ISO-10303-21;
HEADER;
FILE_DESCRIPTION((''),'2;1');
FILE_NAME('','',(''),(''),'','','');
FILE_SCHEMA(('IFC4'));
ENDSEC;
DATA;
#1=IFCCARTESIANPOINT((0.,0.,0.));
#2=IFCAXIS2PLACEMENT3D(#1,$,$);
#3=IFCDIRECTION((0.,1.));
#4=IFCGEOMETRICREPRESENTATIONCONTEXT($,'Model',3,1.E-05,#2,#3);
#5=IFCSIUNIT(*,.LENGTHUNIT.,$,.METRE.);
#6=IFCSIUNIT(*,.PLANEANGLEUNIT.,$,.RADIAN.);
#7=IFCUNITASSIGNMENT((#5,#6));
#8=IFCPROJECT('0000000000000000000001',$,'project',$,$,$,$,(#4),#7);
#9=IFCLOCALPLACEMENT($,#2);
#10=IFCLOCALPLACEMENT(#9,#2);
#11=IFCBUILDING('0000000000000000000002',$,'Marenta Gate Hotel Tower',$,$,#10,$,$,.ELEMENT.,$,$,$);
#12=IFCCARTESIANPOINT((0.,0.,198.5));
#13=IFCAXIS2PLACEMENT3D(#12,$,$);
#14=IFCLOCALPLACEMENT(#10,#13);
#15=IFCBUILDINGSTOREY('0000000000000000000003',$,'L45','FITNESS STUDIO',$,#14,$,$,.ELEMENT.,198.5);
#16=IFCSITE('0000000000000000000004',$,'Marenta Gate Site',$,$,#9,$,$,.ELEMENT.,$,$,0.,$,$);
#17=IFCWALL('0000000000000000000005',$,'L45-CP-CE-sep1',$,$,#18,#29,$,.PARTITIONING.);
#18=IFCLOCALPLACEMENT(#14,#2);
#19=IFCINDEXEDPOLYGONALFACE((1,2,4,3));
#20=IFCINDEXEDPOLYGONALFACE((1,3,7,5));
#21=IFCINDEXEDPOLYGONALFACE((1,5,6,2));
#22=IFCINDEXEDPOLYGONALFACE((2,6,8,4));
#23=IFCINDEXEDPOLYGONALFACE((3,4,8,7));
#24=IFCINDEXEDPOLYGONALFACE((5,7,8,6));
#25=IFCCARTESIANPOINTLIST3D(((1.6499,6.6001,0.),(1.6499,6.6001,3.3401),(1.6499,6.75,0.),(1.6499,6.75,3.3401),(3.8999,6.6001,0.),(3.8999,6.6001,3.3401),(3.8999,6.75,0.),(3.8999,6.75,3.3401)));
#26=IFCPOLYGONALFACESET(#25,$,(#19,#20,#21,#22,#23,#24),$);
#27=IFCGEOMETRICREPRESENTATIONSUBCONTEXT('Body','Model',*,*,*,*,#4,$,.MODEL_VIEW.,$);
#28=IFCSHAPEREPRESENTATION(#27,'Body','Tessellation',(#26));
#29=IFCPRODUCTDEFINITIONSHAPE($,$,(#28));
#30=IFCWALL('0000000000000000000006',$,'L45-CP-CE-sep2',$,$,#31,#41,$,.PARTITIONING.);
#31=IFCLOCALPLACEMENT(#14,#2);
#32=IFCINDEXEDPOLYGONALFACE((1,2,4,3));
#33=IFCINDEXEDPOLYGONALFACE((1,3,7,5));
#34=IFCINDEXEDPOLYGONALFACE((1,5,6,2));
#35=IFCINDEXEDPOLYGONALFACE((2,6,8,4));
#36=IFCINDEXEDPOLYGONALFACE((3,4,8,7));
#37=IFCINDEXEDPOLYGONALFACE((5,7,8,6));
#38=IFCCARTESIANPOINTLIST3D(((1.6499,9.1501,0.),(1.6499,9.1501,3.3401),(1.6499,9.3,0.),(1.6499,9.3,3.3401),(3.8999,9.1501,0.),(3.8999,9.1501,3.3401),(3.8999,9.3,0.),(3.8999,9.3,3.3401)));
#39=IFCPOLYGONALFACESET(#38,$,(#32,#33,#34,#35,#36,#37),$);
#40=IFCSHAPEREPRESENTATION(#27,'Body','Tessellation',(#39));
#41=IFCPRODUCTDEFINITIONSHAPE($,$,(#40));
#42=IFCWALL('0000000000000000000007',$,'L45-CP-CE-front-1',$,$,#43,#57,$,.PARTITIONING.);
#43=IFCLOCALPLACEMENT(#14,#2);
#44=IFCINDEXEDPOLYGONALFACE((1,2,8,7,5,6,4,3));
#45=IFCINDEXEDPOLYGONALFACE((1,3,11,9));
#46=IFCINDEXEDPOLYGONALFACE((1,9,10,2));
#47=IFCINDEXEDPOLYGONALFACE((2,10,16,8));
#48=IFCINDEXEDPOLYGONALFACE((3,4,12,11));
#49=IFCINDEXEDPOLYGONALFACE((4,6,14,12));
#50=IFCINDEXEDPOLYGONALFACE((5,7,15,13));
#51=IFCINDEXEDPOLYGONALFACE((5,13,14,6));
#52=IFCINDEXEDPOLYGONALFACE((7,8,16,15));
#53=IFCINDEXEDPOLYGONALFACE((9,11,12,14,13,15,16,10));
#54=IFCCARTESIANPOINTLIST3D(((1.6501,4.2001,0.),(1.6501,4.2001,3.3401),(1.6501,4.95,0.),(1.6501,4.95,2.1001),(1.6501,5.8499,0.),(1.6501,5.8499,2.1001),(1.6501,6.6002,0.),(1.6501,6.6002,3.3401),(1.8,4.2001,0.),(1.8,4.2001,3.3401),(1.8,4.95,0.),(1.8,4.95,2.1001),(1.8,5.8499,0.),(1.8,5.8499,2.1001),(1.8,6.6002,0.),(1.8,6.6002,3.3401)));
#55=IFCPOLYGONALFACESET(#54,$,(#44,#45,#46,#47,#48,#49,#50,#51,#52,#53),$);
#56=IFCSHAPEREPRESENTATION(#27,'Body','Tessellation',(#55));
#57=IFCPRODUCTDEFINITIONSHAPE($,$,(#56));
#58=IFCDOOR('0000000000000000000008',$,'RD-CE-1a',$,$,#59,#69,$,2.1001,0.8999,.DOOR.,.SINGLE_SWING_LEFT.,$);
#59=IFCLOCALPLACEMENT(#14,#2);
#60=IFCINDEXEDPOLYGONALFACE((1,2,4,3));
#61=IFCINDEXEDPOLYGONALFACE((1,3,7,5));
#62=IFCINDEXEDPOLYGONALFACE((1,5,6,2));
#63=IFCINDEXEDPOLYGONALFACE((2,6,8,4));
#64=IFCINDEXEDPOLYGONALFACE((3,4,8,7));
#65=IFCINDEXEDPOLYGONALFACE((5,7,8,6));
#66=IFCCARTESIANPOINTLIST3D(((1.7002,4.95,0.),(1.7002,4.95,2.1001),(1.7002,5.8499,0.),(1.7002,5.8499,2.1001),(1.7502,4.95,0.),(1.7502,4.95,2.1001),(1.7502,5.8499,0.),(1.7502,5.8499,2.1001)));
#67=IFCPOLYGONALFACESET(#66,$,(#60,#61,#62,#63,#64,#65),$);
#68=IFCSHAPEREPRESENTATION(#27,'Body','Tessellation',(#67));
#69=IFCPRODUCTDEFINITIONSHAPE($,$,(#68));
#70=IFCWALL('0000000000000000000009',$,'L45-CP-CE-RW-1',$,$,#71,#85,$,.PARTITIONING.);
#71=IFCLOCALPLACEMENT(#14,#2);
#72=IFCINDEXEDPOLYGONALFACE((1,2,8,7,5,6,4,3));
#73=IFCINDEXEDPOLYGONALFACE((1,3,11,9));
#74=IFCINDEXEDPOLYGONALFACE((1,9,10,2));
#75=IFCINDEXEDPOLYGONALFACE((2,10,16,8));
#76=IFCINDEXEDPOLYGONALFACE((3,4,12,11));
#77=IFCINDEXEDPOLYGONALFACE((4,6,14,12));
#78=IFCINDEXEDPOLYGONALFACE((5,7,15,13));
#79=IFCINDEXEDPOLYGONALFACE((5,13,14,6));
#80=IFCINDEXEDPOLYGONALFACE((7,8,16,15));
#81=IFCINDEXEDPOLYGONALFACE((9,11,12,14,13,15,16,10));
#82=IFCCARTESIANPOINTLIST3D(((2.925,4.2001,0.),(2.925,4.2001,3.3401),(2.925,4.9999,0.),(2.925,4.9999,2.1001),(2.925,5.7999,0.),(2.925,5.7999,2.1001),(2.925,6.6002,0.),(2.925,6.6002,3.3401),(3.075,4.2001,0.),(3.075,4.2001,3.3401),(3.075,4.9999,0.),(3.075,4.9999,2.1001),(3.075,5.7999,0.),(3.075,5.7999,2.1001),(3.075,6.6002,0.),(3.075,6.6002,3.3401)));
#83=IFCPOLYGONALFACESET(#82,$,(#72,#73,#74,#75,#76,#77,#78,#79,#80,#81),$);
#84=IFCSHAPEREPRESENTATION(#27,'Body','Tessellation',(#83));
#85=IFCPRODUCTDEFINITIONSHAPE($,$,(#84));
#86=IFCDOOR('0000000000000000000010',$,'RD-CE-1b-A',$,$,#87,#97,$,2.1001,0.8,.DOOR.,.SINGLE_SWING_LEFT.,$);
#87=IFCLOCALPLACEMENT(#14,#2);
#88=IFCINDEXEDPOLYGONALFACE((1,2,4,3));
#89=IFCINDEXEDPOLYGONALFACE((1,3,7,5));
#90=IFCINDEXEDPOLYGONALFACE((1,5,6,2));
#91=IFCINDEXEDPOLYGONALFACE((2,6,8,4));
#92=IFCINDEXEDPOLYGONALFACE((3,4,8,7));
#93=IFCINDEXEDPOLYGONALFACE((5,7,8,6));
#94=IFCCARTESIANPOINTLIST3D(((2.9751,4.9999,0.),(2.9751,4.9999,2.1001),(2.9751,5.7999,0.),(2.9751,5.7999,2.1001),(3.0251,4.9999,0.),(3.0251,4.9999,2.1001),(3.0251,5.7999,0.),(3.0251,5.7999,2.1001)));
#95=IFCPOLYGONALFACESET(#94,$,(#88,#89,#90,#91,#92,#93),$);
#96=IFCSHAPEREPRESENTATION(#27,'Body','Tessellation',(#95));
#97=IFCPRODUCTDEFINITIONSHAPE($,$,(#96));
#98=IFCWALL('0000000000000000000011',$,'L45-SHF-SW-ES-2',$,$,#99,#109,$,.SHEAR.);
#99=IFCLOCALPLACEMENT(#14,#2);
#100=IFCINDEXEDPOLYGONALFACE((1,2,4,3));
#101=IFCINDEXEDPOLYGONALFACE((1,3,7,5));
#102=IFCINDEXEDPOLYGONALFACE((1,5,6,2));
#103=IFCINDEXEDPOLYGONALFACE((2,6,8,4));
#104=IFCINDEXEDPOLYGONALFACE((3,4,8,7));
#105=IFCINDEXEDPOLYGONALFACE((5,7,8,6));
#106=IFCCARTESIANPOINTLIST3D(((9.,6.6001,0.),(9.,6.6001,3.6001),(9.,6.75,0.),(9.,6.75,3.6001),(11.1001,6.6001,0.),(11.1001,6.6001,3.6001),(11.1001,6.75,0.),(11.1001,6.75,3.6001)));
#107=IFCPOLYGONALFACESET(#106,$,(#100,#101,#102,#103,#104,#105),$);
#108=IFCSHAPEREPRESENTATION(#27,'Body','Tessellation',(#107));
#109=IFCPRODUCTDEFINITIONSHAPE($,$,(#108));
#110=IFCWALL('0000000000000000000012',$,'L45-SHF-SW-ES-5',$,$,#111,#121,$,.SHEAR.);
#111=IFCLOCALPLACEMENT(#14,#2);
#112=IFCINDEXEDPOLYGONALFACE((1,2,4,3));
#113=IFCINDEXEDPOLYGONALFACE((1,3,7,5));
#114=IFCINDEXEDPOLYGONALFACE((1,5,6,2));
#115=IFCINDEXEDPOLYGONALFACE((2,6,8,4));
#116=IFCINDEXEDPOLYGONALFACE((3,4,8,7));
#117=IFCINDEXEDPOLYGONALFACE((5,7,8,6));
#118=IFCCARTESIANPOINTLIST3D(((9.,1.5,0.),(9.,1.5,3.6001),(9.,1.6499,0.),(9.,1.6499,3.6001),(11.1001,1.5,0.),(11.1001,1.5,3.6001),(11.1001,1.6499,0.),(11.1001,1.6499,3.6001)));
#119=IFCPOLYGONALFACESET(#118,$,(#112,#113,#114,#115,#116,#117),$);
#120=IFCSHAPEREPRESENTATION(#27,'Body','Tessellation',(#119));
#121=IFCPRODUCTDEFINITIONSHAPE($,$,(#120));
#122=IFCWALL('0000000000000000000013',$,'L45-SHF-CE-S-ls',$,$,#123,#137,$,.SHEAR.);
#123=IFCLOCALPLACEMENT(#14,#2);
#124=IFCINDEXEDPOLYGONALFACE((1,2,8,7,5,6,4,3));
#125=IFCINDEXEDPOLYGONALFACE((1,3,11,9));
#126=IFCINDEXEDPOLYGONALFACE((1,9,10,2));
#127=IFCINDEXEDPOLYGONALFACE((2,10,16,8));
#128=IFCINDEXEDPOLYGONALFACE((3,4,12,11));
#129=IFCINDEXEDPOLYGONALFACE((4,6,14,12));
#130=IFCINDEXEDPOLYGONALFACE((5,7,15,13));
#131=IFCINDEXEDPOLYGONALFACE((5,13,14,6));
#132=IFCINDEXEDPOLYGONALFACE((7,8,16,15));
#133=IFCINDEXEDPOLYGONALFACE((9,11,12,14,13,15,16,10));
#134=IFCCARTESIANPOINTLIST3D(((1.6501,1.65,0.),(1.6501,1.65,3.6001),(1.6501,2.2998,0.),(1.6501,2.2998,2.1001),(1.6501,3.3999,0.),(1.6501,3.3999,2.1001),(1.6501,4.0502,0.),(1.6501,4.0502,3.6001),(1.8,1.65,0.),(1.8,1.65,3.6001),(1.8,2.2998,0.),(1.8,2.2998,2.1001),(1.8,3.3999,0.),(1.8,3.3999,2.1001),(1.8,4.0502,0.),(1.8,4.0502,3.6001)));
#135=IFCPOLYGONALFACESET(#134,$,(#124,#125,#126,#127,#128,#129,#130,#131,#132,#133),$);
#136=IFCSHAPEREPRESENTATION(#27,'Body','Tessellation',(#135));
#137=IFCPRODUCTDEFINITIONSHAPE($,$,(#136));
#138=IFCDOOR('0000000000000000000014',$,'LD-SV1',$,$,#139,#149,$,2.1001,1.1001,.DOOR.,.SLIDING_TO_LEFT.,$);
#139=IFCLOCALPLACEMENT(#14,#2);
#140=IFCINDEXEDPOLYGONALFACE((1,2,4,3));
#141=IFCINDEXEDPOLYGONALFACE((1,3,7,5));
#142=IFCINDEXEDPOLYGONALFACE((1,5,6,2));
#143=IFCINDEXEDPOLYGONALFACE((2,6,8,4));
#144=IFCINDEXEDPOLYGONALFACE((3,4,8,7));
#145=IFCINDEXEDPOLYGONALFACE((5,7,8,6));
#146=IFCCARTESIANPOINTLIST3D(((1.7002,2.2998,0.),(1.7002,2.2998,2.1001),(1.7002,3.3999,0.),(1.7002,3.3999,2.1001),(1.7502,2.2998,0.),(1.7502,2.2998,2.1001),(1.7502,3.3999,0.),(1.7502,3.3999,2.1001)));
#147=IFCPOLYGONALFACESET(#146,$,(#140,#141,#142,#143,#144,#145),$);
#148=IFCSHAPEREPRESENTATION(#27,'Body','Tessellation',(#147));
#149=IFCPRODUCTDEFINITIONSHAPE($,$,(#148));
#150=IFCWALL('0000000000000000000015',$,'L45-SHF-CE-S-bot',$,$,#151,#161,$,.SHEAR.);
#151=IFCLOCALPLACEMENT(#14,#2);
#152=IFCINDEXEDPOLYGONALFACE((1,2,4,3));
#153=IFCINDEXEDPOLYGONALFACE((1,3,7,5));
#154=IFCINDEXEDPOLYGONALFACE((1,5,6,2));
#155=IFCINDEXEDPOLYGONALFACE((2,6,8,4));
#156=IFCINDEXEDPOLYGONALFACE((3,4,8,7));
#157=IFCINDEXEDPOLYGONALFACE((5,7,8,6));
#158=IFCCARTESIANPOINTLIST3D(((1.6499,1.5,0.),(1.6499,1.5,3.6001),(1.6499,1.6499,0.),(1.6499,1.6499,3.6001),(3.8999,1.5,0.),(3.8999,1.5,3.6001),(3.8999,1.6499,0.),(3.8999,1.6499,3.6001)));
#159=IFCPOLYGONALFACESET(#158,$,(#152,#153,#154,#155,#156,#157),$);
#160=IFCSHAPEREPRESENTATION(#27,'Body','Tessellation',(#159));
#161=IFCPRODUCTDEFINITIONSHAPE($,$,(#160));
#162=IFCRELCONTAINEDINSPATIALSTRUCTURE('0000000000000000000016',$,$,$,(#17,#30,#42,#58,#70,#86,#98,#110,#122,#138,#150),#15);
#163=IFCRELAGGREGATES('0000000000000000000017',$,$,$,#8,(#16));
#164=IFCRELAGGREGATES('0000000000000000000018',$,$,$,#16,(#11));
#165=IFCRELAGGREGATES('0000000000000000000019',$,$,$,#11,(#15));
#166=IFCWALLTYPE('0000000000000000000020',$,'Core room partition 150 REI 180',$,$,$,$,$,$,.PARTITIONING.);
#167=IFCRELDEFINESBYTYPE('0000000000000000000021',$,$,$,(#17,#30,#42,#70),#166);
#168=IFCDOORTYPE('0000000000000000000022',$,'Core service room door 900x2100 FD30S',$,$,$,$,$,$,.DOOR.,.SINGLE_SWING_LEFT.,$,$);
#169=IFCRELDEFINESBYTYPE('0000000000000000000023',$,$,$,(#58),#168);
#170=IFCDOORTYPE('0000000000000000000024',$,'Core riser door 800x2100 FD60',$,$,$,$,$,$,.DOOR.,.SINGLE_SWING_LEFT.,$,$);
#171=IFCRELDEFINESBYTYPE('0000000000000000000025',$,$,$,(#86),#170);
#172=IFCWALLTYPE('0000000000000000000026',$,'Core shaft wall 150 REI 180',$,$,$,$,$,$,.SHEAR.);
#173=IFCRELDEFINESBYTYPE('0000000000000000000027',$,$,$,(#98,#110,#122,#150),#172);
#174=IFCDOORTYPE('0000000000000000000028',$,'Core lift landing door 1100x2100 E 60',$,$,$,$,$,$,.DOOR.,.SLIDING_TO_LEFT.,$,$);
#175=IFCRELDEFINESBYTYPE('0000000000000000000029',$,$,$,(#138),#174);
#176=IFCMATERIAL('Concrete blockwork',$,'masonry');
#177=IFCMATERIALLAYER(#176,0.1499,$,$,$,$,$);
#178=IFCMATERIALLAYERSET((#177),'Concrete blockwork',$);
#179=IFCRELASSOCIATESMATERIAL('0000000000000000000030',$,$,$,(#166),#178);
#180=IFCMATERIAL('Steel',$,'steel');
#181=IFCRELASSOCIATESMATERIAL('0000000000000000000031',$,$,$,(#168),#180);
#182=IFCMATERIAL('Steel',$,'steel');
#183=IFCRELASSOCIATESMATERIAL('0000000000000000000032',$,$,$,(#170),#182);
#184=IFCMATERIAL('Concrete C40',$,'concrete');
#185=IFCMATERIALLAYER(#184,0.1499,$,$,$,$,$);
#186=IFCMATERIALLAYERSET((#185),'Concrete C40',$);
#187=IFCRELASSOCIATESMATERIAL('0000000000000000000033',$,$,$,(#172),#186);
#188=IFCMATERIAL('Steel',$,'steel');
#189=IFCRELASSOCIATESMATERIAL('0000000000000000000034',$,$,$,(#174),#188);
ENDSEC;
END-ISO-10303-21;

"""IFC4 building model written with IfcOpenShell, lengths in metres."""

from ifc_helpers import new_model, si_unit, direction, frame, frame_2d, origin, place, context, subcontext, project, spatial, rectangle, extrude, material, layer, layer_set, type_object, element, fill, save


model = new_model("IFC4")

# Units and contexts
model_context = context("Model", 3, precision=1e-05, world=origin(), true_north=direction((0.0, 1.0)))
body_context = subcontext(model_context, "Body", "Model", "MODEL_VIEW")
ifc_project = project(units=[si_unit("LENGTHUNIT", "METRE"), si_unit("PLANEANGLEUNIT", "RADIAN")], contexts=[model_context])

# Site, building, storey
site_placement = place(None, origin())
site = spatial("IfcSite", under=ifc_project, at=site_placement, Name="Marenta Gate Site", CompositionType="ELEMENT", RefElevation=0.0)
building_placement = place(site_placement, origin())
building = spatial("IfcBuilding", under=site, at=building_placement, Name="Marenta Gate Hotel Tower", CompositionType="ELEMENT")
storey_placement = place(building_placement, frame((0.0, 0.0, 198.5)))
storey = spatial("IfcBuildingStorey", under=building, at=storey_placement, Name="L45", Description="FITNESS STUDIO", CompositionType="ELEMENT", Elevation=198.5)

# Walls
ifc_material_1 = material(Name="Concrete blockwork", Category="masonry")
ifc_layer_1 = layer(ifc_material_1, 0.1499)
ifc_layer_set_1 = layer_set([ifc_layer_1], Name="Concrete blockwork")
wall_type_1 = type_object("IfcWallType", Name="Core room partition 150 REI 180", PredefinedType="PARTITIONING", material=ifc_layer_set_1)
for number, where, z_axis, x_axis, name in (
    (1, (1.6499, 6.675, 0.0), (0.0, 0.0, 1.0), (1.0, 0.0, 0.0), "L45-CP-CE-sep1"),
    (2, (1.6499, 9.2251, 0.0), (0.0, 0.0, 1.0), (1.0, 0.0, 0.0), "L45-CP-CE-sep2"),
):
    element("IfcWall", number, at=place(storey_placement, frame(where, z_axis=z_axis, x_axis=x_axis)), inside=storey, type_object=wall_type_1, Name=name, PredefinedType="PARTITIONING", context=body_context, shape_type="SweptSolid", body=[
        extrude(rectangle(XDim=2.25, YDim=0.1499, at=frame_2d((1.125, 0.0))), origin(), (0.0, 0.0, 1.0), 3.3401),
    ])

# Walls, openings, doors
wall_1_placement = place(storey_placement, frame((1.7251, 4.2, 0.0), z_axis=(0.0, 0.0, 1.0), x_axis=(0.0, 1.0, 0.0)))
wall_1 = element("IfcWall", 3, at=wall_1_placement, inside=storey, type_object=wall_type_1, Name="L45-CP-CE-front-1", PredefinedType="PARTITIONING", context=body_context, shape_type="SweptSolid", body=[
    extrude(rectangle(XDim=2.4001, YDim=0.1499, at=frame_2d((1.2002, 0.0))), origin(), (0.0, 0.0, 1.0), 3.3401),
])
opening_1_placement = place(wall_1_placement, frame((0.75, 0.0, 0.0)))
opening_1 = element("IfcOpeningElement", 4, at=opening_1_placement, cuts=wall_1, PredefinedType="OPENING", context=body_context, shape_type="SweptSolid", body=[
    extrude(rectangle(XDim=0.8999, YDim=2.1001, at=frame_2d((0.45, 1.05))), frame((0.0, 0.075, 0.0), z_axis=(0.0, -1.0, 0.0), x_axis=(1.0, 0.0, 0.0)), (0.0, 0.0, 1.0), 0.1499),
])
ifc_material_2 = material(Name="Steel", Category="steel")
door_type_1 = type_object("IfcDoorType", Name="Core service room door 900x2100 FD30S", OperationType="SINGLE_SWING_LEFT", PredefinedType="DOOR", material=ifc_material_2)
door_1_placement = place(opening_1_placement, origin())
door_1 = element("IfcDoor", 5, at=door_1_placement, inside=storey, type_object=door_type_1, Name="RD-CE-1a", OperationType="SINGLE_SWING_LEFT", OverallHeight=2.1001, OverallWidth=0.8999, PredefinedType="DOOR", context=body_context, shape_type="SweptSolid", body=[
    extrude(rectangle(XDim=0.8999, YDim=2.1001, at=frame_2d((0.45, 1.05))), frame((0.0, 0.0249, 0.0), z_axis=(0.0, -1.0, 0.0), x_axis=(1.0, 0.0, 0.0)), (0.0, 0.0, 1.0), 0.05),
])
fill(opening_1, door_1)
wall_2_placement = place(storey_placement, frame((3.0, 4.2, 0.0), z_axis=(0.0, 0.0, 1.0), x_axis=(0.0, 1.0, 0.0)))
wall_2 = element("IfcWall", 6, at=wall_2_placement, inside=storey, type_object=wall_type_1, Name="L45-CP-CE-RW-1", PredefinedType="PARTITIONING", context=body_context, shape_type="SweptSolid", body=[
    extrude(rectangle(XDim=2.4001, YDim=0.1499, at=frame_2d((1.2002, 0.0))), origin(), (0.0, 0.0, 1.0), 3.3401),
])
opening_2_placement = place(wall_2_placement, frame((0.8, 0.0, 0.0)))
opening_2 = element("IfcOpeningElement", 7, at=opening_2_placement, cuts=wall_2, PredefinedType="OPENING", context=body_context, shape_type="SweptSolid", body=[
    extrude(rectangle(XDim=0.8, YDim=2.1001, at=frame_2d((0.3999, 1.05))), frame((0.0, 0.075, 0.0), z_axis=(0.0, -1.0, 0.0), x_axis=(1.0, 0.0, 0.0)), (0.0, 0.0, 1.0), 0.1499),
])
ifc_material_3 = material(Name="Steel", Category="steel")
door_type_2 = type_object("IfcDoorType", Name="Core riser door 800x2100 FD60", OperationType="SINGLE_SWING_LEFT", PredefinedType="DOOR", material=ifc_material_3)
door_2_placement = place(opening_2_placement, origin())
door_2 = element("IfcDoor", 8, at=door_2_placement, inside=storey, type_object=door_type_2, Name="RD-CE-1b-A", OperationType="SINGLE_SWING_LEFT", OverallHeight=2.1001, OverallWidth=0.8, PredefinedType="DOOR", context=body_context, shape_type="SweptSolid", body=[
    extrude(rectangle(XDim=0.8, YDim=2.1001, at=frame_2d((0.3999, 1.05))), frame((0.0, 0.0249, 0.0), z_axis=(0.0, -1.0, 0.0), x_axis=(1.0, 0.0, 0.0)), (0.0, 0.0, 1.0), 0.05),
])
fill(opening_2, door_2)

# Walls
ifc_material_4 = material(Name="Concrete C40", Category="concrete")
ifc_layer_2 = layer(ifc_material_4, 0.1499)
ifc_layer_set_2 = layer_set([ifc_layer_2], Name="Concrete C40")
wall_type_2 = type_object("IfcWallType", Name="Core shaft wall 150 REI 180", PredefinedType="SHEAR", material=ifc_layer_set_2)
for number, where, z_axis, x_axis, name in (
    (9, (9.0, 6.675, 0.0), (0.0, 0.0, 1.0), (1.0, 0.0, 0.0), "L45-SHF-SW-ES-2"),
    (10, (9.0, 1.575, 0.0), (0.0, 0.0, 1.0), (1.0, 0.0, 0.0), "L45-SHF-SW-ES-5"),
):
    element("IfcWall", number, at=place(storey_placement, frame(where, z_axis=z_axis, x_axis=x_axis)), inside=storey, type_object=wall_type_2, Name=name, PredefinedType="SHEAR", context=body_context, shape_type="SweptSolid", body=[
        extrude(rectangle(XDim=2.1001, YDim=0.1499, at=frame_2d((1.05, 0.0))), origin(), (0.0, 0.0, 1.0), 3.6001),
    ])

# Wall, opening, door
wall_3_placement = place(storey_placement, frame((1.7251, 1.6499, 0.0), z_axis=(0.0, 0.0, 1.0), x_axis=(0.0, 1.0, 0.0)))
wall_3 = element("IfcWall", 11, at=wall_3_placement, inside=storey, type_object=wall_type_2, Name="L45-SHF-CE-S-ls", PredefinedType="SHEAR", context=body_context, shape_type="SweptSolid", body=[
    extrude(rectangle(XDim=2.4001, YDim=0.1499, at=frame_2d((1.2002, 0.0))), origin(), (0.0, 0.0, 1.0), 3.6001),
])
opening_3_placement = place(wall_3_placement, frame((0.6499, 0.0, 0.0)))
opening_3 = element("IfcOpeningElement", 12, at=opening_3_placement, cuts=wall_3, PredefinedType="OPENING", context=body_context, shape_type="SweptSolid", body=[
    extrude(rectangle(XDim=1.1001, YDim=2.1001, at=frame_2d((0.55, 1.05))), frame((0.0, 0.075, 0.0), z_axis=(0.0, -1.0, 0.0), x_axis=(1.0, 0.0, 0.0)), (0.0, 0.0, 1.0), 0.1499),
])
ifc_material_5 = material(Name="Steel", Category="steel")
door_type_3 = type_object("IfcDoorType", Name="Core lift landing door 1100x2100 E 60", OperationType="SLIDING_TO_LEFT", PredefinedType="DOOR", material=ifc_material_5)
door_3_placement = place(opening_3_placement, origin())
door_3 = element("IfcDoor", 13, at=door_3_placement, inside=storey, type_object=door_type_3, Name="LD-SV1", OperationType="SLIDING_TO_LEFT", OverallHeight=2.1001, OverallWidth=1.1001, PredefinedType="DOOR", context=body_context, shape_type="SweptSolid", body=[
    extrude(rectangle(XDim=1.1001, YDim=2.1001, at=frame_2d((0.55, 1.05))), frame((0.0, 0.0249, 0.0), z_axis=(0.0, -1.0, 0.0), x_axis=(1.0, 0.0, 0.0)), (0.0, 0.0, 1.0), 0.05),
])
fill(opening_3, door_3)

# Wall
wall_4_placement = place(storey_placement, frame((1.6499, 1.575, 0.0), z_axis=(0.0, 0.0, 1.0), x_axis=(1.0, 0.0, 0.0)))
element("IfcWall", 14, at=wall_4_placement, inside=storey, type_object=wall_type_2, Name="L45-SHF-CE-S-bot", PredefinedType="SHEAR", context=body_context, shape_type="SweptSolid", body=[
    extrude(rectangle(XDim=2.25, YDim=0.1499, at=frame_2d((1.125, 0.0))), origin(), (0.0, 0.0, 1.0), 3.6001),
])

save(model, "model.ifc")
